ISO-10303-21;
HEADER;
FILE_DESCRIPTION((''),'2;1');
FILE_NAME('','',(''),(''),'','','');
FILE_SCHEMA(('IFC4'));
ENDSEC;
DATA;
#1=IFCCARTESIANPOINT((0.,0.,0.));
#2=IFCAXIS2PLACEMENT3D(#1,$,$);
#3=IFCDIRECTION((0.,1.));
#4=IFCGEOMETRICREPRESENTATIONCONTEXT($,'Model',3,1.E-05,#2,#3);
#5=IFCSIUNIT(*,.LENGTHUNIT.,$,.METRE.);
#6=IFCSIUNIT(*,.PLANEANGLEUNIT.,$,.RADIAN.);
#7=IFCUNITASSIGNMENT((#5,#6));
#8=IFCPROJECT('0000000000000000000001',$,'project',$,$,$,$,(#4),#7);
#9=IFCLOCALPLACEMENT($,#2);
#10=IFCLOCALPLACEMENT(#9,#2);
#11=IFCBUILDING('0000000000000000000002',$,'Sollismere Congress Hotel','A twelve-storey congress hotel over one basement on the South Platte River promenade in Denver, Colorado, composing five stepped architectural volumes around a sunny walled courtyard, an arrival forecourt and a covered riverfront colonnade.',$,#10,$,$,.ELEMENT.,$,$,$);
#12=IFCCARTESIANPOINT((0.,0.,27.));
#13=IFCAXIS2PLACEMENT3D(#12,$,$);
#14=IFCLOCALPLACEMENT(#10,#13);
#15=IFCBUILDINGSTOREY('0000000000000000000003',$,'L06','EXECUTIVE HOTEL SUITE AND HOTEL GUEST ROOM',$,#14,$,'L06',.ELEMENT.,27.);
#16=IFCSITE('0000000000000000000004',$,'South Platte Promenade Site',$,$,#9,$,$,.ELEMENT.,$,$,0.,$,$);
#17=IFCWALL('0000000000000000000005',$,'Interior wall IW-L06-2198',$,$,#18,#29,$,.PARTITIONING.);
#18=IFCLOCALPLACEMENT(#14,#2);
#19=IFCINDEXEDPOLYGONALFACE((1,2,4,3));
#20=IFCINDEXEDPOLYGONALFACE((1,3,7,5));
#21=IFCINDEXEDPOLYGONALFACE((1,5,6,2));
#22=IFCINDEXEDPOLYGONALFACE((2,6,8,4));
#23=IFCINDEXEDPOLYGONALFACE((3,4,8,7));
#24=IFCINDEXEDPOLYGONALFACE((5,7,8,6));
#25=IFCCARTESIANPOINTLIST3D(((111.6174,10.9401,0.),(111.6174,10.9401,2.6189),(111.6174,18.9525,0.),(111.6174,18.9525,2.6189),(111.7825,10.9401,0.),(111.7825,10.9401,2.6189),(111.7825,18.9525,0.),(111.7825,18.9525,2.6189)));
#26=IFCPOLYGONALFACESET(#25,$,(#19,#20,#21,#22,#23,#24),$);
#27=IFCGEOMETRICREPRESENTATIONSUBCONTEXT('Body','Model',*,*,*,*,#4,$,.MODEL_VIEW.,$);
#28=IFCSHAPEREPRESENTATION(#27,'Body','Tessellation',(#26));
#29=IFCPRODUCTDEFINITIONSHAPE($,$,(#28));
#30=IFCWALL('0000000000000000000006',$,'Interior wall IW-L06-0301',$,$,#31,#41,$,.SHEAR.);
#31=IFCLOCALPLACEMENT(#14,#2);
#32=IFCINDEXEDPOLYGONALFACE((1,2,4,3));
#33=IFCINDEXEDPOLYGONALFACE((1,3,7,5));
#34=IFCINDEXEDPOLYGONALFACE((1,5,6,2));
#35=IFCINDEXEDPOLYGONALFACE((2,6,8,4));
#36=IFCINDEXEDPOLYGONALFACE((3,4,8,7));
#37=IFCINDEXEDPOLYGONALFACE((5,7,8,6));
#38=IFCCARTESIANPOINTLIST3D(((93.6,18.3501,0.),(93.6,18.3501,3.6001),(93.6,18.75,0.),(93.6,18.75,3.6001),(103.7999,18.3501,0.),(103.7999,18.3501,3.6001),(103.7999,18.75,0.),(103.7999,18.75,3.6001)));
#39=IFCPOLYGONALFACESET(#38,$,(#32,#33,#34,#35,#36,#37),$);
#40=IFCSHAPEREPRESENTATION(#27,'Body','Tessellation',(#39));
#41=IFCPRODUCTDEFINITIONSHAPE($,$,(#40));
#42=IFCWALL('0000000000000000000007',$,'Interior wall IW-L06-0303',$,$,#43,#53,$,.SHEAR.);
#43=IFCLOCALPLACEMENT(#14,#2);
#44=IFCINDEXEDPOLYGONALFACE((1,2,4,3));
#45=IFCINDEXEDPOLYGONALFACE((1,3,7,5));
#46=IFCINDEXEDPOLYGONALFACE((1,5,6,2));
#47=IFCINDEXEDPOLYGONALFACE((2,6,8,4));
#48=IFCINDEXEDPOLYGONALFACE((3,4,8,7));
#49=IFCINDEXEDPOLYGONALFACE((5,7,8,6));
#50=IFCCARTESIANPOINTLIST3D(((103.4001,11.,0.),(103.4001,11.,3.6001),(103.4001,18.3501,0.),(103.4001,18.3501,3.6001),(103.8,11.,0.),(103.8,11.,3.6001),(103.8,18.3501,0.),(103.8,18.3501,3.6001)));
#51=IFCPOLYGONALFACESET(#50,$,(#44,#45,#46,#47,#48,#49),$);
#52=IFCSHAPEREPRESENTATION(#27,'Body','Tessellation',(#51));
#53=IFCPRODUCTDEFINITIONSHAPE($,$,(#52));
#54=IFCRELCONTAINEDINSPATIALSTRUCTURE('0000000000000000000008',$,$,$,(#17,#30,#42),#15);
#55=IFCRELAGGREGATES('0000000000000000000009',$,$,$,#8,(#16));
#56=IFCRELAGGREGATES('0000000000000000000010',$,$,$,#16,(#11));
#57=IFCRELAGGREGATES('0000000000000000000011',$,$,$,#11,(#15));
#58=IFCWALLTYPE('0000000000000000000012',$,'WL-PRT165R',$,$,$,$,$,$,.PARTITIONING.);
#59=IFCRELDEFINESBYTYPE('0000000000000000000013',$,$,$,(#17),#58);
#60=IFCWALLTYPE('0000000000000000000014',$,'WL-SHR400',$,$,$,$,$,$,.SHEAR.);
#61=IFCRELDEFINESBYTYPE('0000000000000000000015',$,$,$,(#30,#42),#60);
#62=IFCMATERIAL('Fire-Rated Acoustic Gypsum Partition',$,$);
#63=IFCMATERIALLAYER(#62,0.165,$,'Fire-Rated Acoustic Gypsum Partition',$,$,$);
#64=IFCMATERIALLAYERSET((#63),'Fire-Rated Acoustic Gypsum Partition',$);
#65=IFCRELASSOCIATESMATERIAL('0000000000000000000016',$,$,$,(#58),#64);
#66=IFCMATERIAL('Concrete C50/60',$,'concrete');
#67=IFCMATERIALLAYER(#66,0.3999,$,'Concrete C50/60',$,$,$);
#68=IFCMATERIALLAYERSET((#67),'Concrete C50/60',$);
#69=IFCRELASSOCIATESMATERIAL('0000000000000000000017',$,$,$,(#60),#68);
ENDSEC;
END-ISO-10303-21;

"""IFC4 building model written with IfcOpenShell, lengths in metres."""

from ifc_helpers import new_model, si_unit, direction, frame, frame_2d, origin, place, context, subcontext, project, spatial, rectangle, extrude, material, layer, layer_set, type_object, element, save


model = new_model("IFC4")

# Units and contexts
model_context = context("Model", 3, precision=1e-05, world=origin(), true_north=direction((0.0, 1.0)))
body_context = subcontext(model_context, "Body", "Model", "MODEL_VIEW")
ifc_project = project(units=[si_unit("LENGTHUNIT", "METRE"), si_unit("PLANEANGLEUNIT", "RADIAN")], contexts=[model_context])

# Site, building, storey
site_placement = place(None, origin())
site = spatial("IfcSite", under=ifc_project, at=site_placement, Name="South Platte Promenade Site", CompositionType="ELEMENT", RefElevation=0.0)
building_placement = place(site_placement, origin())
building = spatial("IfcBuilding", under=site, at=building_placement, Name="Sollismere Congress Hotel", Description="A twelve-storey congress hotel over one basement on the South Platte River promenade in Denver, Colorado, composing five stepped architectural volumes around a sunny walled courtyard, an arrival forecourt and a covered riverfront colonnade.", CompositionType="ELEMENT")
storey_placement = place(building_placement, frame((0.0, 0.0, 27.0)))
storey = spatial("IfcBuildingStorey", under=building, at=storey_placement, Name="L06", Description="EXECUTIVE HOTEL SUITE AND HOTEL GUEST ROOM", LongName="L06", CompositionType="ELEMENT", Elevation=27.0)

# Walls
ifc_material_1 = material(Name="Fire-Rated Acoustic Gypsum Partition")
ifc_layer_1 = layer(ifc_material_1, 0.165, Name="Fire-Rated Acoustic Gypsum Partition")
ifc_layer_set_1 = layer_set([ifc_layer_1], Name="Fire-Rated Acoustic Gypsum Partition")
wall_type_1 = type_object("IfcWallType", Name="WL-PRT165R", PredefinedType="PARTITIONING", material=ifc_layer_set_1)
wall_1_placement = place(storey_placement, frame((111.7, 10.9399, 0.0), z_axis=(0.0, 0.0, 1.0), x_axis=(0.0, 1.0, 0.0)))
element("IfcWall", 1, at=wall_1_placement, inside=storey, type_object=wall_type_1, Name="Interior wall IW-L06-2198", PredefinedType="PARTITIONING", context=body_context, shape_type="SweptSolid", body=[
    extrude(rectangle(XDim=8.0125, YDim=0.165, at=frame_2d((4.0063, 0.0))), origin(), (0.0, 0.0, 1.0), 2.6189),
])
ifc_material_2 = material(Name="Concrete C50/60", Category="concrete")
ifc_layer_2 = layer(ifc_material_2, 0.3999, Name="Concrete C50/60")
ifc_layer_set_2 = layer_set([ifc_layer_2], Name="Concrete C50/60")
wall_type_2 = type_object("IfcWallType", Name="WL-SHR400", PredefinedType="SHEAR", material=ifc_layer_set_2)
wall_2_placement = place(storey_placement, frame((103.8, 18.55, 0.0), z_axis=(0.0, 0.0, 1.0), x_axis=(-1.0, 0.0, 0.0)))
element("IfcWall", 2, at=wall_2_placement, inside=storey, type_object=wall_type_2, Name="Interior wall IW-L06-0301", PredefinedType="SHEAR", context=body_context, shape_type="SweptSolid", body=[
    extrude(rectangle(XDim=10.2, YDim=0.3999, at=frame_2d((5.1001, 0.0))), origin(), (0.0, 0.0, 1.0), 3.6001),
])
wall_3_placement = place(storey_placement, frame((103.6001, 11.0, 0.0), z_axis=(0.0, 0.0, 1.0), x_axis=(0.0, 1.0, 0.0)))
element("IfcWall", 3, at=wall_3_placement, inside=storey, type_object=wall_type_2, Name="Interior wall IW-L06-0303", PredefinedType="SHEAR", context=body_context, shape_type="SweptSolid", body=[
    extrude(rectangle(XDim=7.3501, YDim=0.3999, at=frame_2d((3.675, 0.0))), origin(), (0.0, 0.0, 1.0), 3.6001),
])

save(model, "model.ifc")
